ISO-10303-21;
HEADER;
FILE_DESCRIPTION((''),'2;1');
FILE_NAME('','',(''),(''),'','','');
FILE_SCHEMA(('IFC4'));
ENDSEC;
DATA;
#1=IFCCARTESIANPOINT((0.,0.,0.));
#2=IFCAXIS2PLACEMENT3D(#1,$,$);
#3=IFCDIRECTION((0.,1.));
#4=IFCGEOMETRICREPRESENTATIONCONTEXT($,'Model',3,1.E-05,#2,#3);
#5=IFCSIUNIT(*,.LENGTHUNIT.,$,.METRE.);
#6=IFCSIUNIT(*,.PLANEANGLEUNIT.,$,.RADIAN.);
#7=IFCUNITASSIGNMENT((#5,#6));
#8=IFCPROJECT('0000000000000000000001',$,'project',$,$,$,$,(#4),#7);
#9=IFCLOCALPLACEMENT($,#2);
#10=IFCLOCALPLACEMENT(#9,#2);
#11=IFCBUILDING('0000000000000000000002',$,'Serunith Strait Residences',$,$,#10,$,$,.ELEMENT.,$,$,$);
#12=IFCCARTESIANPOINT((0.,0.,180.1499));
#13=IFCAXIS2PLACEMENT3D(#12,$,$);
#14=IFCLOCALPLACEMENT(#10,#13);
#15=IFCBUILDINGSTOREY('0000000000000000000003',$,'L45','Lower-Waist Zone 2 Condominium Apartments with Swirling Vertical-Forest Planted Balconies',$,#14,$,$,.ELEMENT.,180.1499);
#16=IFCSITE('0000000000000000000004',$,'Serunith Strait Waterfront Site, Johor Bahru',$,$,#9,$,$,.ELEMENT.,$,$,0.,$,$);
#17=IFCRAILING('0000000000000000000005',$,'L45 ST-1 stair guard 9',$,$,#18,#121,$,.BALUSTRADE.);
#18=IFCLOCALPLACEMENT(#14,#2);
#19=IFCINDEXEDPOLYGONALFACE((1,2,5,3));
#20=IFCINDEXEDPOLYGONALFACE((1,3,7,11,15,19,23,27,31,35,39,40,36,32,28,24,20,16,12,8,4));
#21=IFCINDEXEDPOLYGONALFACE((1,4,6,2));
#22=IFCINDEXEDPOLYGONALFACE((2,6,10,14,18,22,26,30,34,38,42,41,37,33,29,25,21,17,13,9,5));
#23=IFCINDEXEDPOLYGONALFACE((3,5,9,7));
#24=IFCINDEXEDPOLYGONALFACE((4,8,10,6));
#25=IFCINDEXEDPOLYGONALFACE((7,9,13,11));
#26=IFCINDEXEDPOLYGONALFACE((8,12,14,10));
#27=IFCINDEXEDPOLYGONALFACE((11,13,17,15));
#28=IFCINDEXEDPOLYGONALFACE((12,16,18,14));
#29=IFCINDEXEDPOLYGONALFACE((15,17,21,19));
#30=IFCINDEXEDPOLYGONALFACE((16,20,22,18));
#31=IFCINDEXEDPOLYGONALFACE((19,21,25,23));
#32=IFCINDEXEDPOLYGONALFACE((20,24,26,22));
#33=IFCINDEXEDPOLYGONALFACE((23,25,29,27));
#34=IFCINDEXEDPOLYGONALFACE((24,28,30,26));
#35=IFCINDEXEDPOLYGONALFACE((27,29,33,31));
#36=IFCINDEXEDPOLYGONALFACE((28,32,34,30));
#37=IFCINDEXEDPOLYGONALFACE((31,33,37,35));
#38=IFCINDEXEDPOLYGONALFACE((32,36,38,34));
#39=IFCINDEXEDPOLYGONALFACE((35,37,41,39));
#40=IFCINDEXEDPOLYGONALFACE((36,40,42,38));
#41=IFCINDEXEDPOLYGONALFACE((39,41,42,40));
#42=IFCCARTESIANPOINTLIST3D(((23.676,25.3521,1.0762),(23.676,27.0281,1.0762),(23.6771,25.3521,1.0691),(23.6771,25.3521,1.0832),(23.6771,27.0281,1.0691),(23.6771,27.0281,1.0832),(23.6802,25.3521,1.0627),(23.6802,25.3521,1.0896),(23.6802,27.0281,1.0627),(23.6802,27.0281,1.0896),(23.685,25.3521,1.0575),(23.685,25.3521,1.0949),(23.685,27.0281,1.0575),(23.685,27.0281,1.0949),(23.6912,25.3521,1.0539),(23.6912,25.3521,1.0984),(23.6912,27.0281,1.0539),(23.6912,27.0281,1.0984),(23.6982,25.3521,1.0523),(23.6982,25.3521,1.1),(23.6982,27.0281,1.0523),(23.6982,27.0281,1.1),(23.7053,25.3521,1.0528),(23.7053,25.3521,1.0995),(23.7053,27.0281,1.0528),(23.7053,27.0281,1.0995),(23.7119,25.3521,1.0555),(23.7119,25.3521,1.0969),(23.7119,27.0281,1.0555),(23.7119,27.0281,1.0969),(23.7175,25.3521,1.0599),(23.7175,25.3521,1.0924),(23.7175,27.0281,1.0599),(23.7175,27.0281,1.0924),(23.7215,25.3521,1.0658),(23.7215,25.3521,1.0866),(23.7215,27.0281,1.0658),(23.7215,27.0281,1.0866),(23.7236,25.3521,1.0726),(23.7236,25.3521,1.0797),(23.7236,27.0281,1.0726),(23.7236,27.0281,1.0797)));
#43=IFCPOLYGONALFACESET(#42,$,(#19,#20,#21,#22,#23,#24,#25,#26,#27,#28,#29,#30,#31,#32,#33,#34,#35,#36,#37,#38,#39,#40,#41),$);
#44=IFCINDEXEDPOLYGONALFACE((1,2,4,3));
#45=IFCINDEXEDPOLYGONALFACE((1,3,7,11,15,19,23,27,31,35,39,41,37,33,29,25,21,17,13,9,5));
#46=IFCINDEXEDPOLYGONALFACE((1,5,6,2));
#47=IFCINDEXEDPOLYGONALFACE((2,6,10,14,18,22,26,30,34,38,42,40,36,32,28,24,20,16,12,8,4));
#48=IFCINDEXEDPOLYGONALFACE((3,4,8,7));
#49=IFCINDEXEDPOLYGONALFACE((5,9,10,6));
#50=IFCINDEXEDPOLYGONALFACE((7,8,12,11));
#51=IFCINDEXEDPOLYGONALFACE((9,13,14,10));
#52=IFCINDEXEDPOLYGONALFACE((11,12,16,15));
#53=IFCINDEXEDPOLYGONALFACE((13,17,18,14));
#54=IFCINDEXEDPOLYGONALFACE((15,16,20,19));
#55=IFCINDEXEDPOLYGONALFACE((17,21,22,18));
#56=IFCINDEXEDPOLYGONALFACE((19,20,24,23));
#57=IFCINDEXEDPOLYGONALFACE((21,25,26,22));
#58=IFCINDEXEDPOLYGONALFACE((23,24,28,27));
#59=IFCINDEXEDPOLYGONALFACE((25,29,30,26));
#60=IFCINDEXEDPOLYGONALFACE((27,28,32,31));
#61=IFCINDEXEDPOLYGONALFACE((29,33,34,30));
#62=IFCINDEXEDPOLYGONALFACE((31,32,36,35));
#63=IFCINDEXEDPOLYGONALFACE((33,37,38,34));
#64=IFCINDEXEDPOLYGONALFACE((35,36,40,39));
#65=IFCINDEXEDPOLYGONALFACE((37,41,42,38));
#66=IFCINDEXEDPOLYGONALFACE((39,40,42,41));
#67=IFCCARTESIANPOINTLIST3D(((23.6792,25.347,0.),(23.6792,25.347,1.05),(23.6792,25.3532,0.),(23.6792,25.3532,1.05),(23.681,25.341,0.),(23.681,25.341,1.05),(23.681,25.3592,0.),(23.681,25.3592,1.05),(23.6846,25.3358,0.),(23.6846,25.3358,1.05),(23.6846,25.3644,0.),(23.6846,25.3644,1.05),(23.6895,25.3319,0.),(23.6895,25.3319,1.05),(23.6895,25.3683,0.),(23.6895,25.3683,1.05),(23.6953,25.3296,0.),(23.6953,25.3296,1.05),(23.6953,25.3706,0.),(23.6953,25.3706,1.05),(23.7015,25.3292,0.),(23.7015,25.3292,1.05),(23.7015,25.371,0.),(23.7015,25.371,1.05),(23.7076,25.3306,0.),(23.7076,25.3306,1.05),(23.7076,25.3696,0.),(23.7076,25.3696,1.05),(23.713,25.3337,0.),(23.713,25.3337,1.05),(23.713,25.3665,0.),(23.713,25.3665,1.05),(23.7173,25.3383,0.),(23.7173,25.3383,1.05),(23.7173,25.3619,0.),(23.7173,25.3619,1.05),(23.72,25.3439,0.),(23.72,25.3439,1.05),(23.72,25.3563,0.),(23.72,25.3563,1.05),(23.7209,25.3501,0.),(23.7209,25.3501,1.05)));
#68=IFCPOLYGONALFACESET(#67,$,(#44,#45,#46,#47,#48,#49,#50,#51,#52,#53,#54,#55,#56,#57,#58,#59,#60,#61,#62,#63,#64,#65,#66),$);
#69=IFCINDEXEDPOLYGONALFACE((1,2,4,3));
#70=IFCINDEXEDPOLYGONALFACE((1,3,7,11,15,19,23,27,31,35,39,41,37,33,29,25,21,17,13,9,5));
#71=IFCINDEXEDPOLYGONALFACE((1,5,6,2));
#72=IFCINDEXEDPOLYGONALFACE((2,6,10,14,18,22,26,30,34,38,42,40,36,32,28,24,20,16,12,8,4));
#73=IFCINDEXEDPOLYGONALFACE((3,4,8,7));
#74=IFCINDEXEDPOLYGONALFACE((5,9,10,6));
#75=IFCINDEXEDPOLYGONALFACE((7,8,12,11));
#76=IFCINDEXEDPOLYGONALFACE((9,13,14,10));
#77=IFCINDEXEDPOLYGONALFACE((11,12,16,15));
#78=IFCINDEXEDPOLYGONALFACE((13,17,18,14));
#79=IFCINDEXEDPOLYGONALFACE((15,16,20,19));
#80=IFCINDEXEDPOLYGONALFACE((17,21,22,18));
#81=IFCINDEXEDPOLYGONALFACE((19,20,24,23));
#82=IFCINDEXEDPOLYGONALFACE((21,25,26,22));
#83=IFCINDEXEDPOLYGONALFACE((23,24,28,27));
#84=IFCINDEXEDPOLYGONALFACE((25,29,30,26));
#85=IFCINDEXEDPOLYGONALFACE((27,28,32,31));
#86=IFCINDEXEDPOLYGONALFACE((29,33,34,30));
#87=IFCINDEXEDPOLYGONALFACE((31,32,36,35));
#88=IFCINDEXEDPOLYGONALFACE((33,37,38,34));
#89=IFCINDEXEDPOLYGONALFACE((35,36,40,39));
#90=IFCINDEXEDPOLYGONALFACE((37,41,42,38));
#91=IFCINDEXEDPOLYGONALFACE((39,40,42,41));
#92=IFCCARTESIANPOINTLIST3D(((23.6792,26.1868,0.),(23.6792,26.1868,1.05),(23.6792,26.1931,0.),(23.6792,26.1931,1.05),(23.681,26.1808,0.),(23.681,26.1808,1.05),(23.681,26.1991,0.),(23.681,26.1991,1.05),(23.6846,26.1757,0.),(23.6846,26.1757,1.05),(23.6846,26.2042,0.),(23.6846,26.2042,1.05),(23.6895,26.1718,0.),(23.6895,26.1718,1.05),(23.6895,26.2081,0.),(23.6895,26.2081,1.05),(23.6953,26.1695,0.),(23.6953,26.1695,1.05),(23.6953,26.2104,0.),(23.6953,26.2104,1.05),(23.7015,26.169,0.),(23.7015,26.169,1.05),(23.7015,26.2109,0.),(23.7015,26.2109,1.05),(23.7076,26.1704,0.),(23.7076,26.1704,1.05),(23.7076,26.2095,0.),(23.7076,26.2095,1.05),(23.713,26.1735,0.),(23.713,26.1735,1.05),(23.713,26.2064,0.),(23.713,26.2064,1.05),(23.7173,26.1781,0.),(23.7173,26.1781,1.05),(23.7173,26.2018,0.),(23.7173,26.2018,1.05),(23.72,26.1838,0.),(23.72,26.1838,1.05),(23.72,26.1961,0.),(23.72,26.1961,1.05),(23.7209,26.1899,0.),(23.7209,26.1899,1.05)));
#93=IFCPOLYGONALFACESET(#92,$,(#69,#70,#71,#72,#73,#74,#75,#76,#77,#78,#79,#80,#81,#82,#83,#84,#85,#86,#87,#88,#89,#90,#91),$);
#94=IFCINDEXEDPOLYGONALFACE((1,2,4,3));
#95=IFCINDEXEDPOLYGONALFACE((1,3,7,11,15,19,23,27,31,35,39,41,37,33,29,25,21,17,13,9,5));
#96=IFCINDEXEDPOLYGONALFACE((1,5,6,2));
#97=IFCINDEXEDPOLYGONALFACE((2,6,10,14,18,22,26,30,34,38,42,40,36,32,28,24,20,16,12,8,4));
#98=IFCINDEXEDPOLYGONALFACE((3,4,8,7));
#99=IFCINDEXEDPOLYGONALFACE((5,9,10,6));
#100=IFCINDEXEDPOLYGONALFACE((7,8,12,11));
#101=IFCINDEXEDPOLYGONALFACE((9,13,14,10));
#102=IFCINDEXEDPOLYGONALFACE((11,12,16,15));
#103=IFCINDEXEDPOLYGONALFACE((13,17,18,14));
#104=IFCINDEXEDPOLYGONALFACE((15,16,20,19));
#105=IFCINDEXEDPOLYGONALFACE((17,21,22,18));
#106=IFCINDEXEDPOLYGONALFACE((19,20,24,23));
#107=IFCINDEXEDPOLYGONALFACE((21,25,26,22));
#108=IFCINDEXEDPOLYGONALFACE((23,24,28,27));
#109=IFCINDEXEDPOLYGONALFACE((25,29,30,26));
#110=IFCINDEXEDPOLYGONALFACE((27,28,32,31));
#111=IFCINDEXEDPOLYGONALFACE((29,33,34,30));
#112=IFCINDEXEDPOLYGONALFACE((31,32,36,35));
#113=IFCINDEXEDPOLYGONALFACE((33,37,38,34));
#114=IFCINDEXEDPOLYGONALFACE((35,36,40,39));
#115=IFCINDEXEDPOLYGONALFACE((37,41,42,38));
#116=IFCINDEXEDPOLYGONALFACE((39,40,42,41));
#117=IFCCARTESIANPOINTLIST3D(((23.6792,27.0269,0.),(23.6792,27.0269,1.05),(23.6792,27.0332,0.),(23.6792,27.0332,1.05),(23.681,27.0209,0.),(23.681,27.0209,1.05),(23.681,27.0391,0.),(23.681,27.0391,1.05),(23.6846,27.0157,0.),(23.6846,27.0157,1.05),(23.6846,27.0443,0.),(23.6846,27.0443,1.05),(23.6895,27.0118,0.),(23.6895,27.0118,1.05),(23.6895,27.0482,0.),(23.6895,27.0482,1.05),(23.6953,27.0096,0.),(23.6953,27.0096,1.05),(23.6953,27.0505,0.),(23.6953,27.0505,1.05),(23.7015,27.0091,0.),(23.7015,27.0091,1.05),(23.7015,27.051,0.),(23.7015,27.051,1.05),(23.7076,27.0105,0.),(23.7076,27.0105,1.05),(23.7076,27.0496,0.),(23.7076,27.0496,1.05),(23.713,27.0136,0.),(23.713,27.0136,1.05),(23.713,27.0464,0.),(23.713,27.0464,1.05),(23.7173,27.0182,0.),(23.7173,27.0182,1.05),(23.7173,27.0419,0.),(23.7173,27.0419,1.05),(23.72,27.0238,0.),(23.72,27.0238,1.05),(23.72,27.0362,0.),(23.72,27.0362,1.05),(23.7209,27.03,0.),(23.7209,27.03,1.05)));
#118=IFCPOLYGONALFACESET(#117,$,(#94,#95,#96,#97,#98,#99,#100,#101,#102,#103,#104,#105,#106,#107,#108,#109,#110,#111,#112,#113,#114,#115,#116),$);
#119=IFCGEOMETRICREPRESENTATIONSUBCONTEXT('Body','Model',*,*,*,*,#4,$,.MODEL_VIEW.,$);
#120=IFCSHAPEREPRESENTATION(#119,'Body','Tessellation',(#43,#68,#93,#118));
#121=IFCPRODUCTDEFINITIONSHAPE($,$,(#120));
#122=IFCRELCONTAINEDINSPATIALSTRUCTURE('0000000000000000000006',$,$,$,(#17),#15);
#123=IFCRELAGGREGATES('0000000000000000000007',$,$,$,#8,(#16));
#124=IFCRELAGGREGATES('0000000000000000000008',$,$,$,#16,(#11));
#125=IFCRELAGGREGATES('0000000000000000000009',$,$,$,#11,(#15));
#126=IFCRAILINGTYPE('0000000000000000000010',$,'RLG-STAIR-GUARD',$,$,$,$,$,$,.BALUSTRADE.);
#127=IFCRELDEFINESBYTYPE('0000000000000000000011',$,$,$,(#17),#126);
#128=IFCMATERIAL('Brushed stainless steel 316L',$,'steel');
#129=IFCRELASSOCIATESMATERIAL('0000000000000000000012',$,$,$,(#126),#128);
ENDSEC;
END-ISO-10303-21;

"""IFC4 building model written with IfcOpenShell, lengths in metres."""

from ifc_helpers import new_model, si_unit, direction, frame, origin, origin_2d, place, context, subcontext, project, spatial, circle, extrude, material, type_object, element, save


model = new_model("IFC4")

# Units and contexts
model_context = context("Model", 3, precision=1e-05, world=origin(), true_north=direction((0.0, 1.0)))
body_context = subcontext(model_context, "Body", "Model", "MODEL_VIEW")
ifc_project = project(units=[si_unit("LENGTHUNIT", "METRE"), si_unit("PLANEANGLEUNIT", "RADIAN")], contexts=[model_context])

# Site, building, storey
site_placement = place(None, origin())
site = spatial("IfcSite", under=ifc_project, at=site_placement, Name="Serunith Strait Waterfront Site, Johor Bahru", CompositionType="ELEMENT", RefElevation=0.0)
building_placement = place(site_placement, origin())
building = spatial("IfcBuilding", under=site, at=building_placement, Name="Serunith Strait Residences", CompositionType="ELEMENT")
storey_placement = place(building_placement, frame((0.0, 0.0, 180.1499)))
storey = spatial("IfcBuildingStorey", under=building, at=storey_placement, Name="L45", Description="Lower-Waist Zone 2 Condominium Apartments with Swirling Vertical-Forest Planted Balconies", CompositionType="ELEMENT", Elevation=180.1499)

# Railing
ifc_material_1 = material(Name="Brushed stainless steel 316L", Category="steel")
railing_type_1 = type_object("IfcRailingType", Name="RLG-STAIR-GUARD", PredefinedType="BALUSTRADE", material=ifc_material_1)
for number, where, name in (
    (1, (23.7, 25.3501, 0.0), "L45 ST-1 stair guard 9"),
):
    element("IfcRailing", number, at=place(storey_placement, frame(where)), inside=storey, type_object=railing_type_1, Name=name, PredefinedType="BALUSTRADE", context=body_context, shape_type="SweptSolid", body=[
        extrude(circle(Radius=0.0239, at=origin_2d()), frame((0.0, 0.002, 1.0762), z_axis=(0.0, 1.0, 0.0), x_axis=(-1.0, 0.0, 0.0)), (0.0, 0.0, 1.0), 1.676),
        extrude(circle(Radius=0.021, at=origin_2d()), origin(), (0.0, 0.0, 1.0), 1.05),
        extrude(circle(Radius=0.021, at=origin_2d()), frame((0.0, 0.8398, 0.0)), (0.0, 0.0, 1.0), 1.05),
        extrude(circle(Radius=0.021, at=origin_2d()), frame((0.0, 1.6799, 0.0)), (0.0, 0.0, 1.0), 1.05),
    ])

save(model, "model.ifc")
